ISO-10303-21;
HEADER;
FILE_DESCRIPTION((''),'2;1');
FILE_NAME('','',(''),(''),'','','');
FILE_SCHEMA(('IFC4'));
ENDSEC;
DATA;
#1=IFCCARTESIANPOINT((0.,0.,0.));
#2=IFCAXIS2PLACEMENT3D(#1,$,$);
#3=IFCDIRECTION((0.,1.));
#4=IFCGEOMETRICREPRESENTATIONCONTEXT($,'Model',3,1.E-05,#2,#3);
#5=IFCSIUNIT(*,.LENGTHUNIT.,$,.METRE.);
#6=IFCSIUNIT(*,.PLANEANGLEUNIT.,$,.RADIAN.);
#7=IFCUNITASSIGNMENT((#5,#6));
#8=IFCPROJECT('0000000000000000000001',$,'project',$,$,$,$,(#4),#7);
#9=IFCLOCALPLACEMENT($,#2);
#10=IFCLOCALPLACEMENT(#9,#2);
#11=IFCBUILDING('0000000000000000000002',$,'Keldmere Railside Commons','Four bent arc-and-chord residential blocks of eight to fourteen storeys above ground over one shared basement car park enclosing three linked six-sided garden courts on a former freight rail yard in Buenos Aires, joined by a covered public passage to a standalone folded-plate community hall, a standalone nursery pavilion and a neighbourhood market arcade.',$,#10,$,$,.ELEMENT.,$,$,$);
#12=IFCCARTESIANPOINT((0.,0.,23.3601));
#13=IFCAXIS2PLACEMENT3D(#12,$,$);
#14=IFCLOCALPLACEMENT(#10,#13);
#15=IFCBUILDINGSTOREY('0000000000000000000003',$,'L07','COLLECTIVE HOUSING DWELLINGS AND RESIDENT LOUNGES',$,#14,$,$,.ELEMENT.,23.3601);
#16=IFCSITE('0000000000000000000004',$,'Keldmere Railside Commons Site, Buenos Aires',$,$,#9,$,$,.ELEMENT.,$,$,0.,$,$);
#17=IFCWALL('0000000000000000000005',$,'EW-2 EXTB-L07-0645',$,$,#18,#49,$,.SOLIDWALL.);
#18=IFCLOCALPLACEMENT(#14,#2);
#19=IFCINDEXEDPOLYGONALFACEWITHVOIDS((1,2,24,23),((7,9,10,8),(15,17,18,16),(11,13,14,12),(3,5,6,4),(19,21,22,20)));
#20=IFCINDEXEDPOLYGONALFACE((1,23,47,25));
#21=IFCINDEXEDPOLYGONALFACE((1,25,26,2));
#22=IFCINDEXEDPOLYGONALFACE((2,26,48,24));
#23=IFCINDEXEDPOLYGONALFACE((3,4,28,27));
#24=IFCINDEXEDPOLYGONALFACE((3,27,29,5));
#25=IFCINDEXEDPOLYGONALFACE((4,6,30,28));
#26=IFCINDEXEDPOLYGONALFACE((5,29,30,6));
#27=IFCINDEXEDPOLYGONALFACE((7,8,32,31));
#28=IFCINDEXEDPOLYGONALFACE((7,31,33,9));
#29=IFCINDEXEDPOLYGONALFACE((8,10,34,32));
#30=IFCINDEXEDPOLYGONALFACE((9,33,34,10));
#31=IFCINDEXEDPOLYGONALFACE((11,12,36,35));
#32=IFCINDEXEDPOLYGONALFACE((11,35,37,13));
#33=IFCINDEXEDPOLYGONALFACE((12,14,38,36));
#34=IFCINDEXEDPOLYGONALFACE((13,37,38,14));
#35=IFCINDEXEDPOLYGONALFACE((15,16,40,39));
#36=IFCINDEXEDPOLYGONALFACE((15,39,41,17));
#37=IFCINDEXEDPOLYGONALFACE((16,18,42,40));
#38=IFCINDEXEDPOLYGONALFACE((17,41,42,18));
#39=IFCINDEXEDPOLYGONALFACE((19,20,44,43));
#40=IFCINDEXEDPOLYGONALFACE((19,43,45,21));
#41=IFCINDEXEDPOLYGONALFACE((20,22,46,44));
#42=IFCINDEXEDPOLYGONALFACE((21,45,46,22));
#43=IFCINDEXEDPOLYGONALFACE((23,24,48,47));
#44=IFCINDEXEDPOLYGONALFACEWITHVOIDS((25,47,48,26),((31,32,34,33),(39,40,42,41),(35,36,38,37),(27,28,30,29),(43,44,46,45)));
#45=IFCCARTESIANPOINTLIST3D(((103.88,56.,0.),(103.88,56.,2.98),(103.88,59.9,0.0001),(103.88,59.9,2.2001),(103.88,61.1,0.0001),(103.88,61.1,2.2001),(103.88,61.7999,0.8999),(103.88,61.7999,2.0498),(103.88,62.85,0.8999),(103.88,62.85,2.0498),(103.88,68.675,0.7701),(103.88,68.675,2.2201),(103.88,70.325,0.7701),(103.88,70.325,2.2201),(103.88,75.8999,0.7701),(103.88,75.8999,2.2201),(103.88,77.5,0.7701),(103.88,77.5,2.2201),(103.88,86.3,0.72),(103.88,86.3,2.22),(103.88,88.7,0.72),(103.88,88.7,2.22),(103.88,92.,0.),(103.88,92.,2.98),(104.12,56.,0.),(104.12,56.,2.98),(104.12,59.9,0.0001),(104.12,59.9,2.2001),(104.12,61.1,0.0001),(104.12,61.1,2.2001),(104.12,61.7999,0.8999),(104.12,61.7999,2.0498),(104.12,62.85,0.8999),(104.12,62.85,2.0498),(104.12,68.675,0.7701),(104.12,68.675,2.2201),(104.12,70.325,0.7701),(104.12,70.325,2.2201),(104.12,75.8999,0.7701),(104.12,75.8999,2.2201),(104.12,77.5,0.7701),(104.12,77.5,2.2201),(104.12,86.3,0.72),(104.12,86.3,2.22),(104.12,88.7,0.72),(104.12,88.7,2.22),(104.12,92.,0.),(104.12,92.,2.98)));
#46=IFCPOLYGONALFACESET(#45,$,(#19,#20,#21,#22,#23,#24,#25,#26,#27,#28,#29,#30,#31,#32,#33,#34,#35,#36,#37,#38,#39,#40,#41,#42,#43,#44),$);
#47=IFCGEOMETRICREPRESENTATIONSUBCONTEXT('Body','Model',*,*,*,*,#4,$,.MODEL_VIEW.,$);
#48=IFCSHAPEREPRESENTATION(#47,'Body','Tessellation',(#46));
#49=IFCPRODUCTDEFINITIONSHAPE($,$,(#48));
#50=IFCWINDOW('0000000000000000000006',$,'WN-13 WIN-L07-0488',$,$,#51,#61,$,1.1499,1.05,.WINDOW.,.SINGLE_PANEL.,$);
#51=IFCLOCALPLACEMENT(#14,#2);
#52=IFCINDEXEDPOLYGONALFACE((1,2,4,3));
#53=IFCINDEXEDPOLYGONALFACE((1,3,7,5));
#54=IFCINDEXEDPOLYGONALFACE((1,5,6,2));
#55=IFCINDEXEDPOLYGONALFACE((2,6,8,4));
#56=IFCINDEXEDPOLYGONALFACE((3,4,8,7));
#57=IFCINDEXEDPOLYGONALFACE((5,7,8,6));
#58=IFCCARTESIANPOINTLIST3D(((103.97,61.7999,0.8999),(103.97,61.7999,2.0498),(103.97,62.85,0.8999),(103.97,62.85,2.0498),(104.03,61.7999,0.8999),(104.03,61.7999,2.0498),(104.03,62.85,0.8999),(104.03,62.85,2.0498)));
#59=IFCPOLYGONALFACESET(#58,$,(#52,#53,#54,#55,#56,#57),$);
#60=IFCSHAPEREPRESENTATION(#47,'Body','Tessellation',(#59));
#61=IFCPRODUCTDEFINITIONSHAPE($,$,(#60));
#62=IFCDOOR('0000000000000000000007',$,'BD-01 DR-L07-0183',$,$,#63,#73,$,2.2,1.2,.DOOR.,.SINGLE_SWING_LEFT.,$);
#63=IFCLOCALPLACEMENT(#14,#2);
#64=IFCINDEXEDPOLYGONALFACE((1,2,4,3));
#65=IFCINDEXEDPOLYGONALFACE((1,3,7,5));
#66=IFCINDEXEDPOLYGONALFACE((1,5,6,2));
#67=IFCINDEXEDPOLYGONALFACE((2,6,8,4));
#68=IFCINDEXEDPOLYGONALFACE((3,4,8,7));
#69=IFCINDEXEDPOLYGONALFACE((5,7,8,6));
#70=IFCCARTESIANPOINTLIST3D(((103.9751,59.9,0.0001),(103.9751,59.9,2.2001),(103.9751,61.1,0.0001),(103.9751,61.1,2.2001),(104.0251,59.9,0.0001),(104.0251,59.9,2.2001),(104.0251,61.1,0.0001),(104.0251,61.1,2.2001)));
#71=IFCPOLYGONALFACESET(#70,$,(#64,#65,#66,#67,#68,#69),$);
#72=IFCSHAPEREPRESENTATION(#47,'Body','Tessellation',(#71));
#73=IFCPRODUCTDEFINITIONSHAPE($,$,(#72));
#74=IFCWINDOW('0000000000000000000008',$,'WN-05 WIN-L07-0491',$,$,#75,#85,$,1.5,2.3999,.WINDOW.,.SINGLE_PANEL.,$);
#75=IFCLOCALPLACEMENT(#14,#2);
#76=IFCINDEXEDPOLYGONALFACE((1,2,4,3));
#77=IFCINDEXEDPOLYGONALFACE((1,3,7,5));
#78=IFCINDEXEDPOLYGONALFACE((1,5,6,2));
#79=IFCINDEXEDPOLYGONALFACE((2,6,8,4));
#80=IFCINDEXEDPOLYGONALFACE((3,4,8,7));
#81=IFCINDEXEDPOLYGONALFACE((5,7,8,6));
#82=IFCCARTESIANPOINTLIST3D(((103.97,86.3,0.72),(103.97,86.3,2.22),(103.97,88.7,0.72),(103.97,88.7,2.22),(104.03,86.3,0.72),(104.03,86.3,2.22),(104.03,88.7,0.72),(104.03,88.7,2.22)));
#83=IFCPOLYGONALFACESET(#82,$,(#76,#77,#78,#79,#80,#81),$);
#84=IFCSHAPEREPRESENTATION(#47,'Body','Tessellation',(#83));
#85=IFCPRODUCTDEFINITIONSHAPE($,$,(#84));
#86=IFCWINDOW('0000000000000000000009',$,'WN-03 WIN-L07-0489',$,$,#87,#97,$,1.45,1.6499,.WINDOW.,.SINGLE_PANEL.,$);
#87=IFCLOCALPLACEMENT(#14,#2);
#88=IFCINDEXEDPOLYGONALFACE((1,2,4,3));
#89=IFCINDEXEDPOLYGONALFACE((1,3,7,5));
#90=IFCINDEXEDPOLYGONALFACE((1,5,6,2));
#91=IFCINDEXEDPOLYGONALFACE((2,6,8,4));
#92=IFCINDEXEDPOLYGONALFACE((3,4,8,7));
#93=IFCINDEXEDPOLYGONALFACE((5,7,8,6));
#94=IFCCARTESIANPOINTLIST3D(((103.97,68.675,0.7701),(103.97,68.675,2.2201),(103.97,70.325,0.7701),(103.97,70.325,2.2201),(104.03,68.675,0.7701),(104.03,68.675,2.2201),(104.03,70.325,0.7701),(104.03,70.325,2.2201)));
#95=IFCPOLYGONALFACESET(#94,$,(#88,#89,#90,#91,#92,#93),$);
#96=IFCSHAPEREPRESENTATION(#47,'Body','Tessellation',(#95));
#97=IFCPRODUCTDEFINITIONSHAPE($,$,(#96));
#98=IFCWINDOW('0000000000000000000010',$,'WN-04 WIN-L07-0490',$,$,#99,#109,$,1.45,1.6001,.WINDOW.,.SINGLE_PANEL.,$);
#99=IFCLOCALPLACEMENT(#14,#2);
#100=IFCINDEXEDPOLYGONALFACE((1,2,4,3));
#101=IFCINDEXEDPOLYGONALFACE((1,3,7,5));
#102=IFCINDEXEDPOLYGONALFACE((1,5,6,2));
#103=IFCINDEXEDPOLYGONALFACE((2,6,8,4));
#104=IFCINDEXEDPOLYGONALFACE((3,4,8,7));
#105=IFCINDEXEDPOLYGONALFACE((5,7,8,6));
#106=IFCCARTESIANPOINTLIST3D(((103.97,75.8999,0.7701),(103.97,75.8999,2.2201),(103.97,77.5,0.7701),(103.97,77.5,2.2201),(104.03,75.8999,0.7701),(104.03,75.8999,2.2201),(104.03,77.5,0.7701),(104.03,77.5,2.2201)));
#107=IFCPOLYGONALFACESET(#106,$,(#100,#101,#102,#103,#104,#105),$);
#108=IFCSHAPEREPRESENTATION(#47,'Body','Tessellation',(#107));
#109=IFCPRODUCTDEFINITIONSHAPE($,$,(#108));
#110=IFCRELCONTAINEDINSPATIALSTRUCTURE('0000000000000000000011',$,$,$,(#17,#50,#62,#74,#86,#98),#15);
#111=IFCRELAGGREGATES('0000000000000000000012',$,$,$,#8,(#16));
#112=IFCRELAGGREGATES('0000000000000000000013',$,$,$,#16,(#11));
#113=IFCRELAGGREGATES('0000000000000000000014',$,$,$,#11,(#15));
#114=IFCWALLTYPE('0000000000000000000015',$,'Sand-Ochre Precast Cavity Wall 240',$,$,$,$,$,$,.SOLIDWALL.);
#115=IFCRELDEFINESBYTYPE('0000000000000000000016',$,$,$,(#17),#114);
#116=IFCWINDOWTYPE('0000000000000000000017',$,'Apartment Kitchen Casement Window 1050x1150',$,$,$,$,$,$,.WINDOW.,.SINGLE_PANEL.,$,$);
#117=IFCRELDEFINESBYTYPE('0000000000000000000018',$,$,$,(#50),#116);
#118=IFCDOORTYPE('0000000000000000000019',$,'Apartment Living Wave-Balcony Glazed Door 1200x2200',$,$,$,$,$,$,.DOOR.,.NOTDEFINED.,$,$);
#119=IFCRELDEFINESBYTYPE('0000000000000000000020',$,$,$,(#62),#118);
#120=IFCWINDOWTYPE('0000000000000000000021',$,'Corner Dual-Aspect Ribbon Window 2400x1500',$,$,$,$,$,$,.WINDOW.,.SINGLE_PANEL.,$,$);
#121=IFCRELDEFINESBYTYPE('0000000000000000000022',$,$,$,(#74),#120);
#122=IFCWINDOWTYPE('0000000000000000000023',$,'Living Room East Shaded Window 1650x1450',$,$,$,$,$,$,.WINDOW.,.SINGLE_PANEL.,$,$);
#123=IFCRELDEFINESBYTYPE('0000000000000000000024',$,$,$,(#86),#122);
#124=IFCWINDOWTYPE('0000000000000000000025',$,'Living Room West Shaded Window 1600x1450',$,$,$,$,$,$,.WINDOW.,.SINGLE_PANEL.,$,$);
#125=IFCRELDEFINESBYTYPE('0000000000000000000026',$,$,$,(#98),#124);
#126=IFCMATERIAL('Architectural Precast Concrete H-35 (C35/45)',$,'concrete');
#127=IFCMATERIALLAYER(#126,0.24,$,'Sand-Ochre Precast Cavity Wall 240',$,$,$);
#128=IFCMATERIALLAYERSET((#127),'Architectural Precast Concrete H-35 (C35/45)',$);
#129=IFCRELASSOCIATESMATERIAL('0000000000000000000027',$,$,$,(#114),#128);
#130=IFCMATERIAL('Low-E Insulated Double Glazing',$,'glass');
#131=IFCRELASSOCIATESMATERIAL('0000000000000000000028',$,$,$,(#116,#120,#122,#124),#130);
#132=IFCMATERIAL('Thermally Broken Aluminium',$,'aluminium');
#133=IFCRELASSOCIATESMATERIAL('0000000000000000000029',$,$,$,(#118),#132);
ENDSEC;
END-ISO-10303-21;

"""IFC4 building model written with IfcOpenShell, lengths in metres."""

from ifc_helpers import new_model, si_unit, direction, frame, frame_2d, origin, place, context, subcontext, project, spatial, rectangle, extrude, material, layer, layer_set, type_object, element, fill, save


model = new_model("IFC4")

# Units and contexts
model_context = context("Model", 3, precision=1e-05, world=origin(), true_north=direction((0.0, 1.0)))
body_context = subcontext(model_context, "Body", "Model", "MODEL_VIEW")
ifc_project = project(units=[si_unit("LENGTHUNIT", "METRE"), si_unit("PLANEANGLEUNIT", "RADIAN")], contexts=[model_context])

# Site, building, storey
site_placement = place(None, origin())
site = spatial("IfcSite", under=ifc_project, at=site_placement, Name="Keldmere Railside Commons Site, Buenos Aires", CompositionType="ELEMENT", RefElevation=0.0)
building_placement = place(site_placement, origin())
building = spatial("IfcBuilding", under=site, at=building_placement, Name="Keldmere Railside Commons", Description="Four bent arc-and-chord residential blocks of eight to fourteen storeys above ground over one shared basement car park enclosing three linked six-sided garden courts on a former freight rail yard in Buenos Aires, joined by a covered public passage to a standalone folded-plate community hall, a standalone nursery pavilion and a neighbourhood market arcade.", CompositionType="ELEMENT")
storey_placement = place(building_placement, frame((0.0, 0.0, 23.3601)))
storey = spatial("IfcBuildingStorey", under=building, at=storey_placement, Name="L07", Description="COLLECTIVE HOUSING DWELLINGS AND RESIDENT LOUNGES", CompositionType="ELEMENT", Elevation=23.3601)

# Wall, openings, windows, door
ifc_material_1 = material(Name="Architectural Precast Concrete H-35 (C35/45)", Category="concrete")
ifc_layer = layer(ifc_material_1, 0.24, Name="Sand-Ochre Precast Cavity Wall 240")
ifc_layer_set = layer_set([ifc_layer], Name="Architectural Precast Concrete H-35 (C35/45)")
wall_type = type_object("IfcWallType", Name="Sand-Ochre Precast Cavity Wall 240", PredefinedType="SOLIDWALL", material=ifc_layer_set)
wall_placement = place(storey_placement, frame((104.0, 56.0, 0.0), z_axis=(0.0, 0.0, 1.0), x_axis=(0.0, 1.0, 0.0)))
wall = element("IfcWall", 1, at=wall_placement, inside=storey, type_object=wall_type, Name="EW-2 EXTB-L07-0645", PredefinedType="SOLIDWALL", context=body_context, shape_type="SweptSolid", body=[
    extrude(rectangle(XDim=36.0, YDim=0.24, at=frame_2d((18.0, 0.0))), origin(), (0.0, 0.0, 1.0), 2.98),
])
opening_1_placement = place(wall_placement, frame((3.8999, 0.0, 0.0)))
opening_1 = element("IfcOpeningElement", 2, at=opening_1_placement, cuts=wall, PredefinedType="OPENING", context=body_context, shape_type="SweptSolid", body=[
    extrude(rectangle(XDim=1.2, YDim=2.2, at=frame_2d((0.6001, 1.1001))), frame((0.0, 0.1299, 0.0), z_axis=(0.0, -1.0, 0.0), x_axis=(1.0, 0.0, 0.0)), (0.0, 0.0, 1.0), 0.26),
])
opening_2_placement = place(wall_placement, frame((5.8, 0.0, 0.8999)))
opening_2 = element("IfcOpeningElement", 3, at=opening_2_placement, cuts=wall, PredefinedType="OPENING", context=body_context, shape_type="SweptSolid", body=[
    extrude(rectangle(XDim=1.05, YDim=1.1499, at=frame_2d((0.5249, 0.575))), frame((0.0, 0.1299, 0.0), z_axis=(0.0, -1.0, 0.0), x_axis=(1.0, 0.0, 0.0)), (0.0, 0.0, 1.0), 0.26),
])
opening_3_placement = place(wall_placement, frame((12.675, 0.0, 0.77)))
opening_3 = element("IfcOpeningElement", 4, at=opening_3_placement, cuts=wall, PredefinedType="OPENING", context=body_context, shape_type="SweptSolid", body=[
    extrude(rectangle(XDim=1.6499, YDim=1.45, at=frame_2d((0.825, 0.7251))), frame((0.0, 0.1299, 0.0), z_axis=(0.0, -1.0, 0.0), x_axis=(1.0, 0.0, 0.0)), (0.0, 0.0, 1.0), 0.26),
])
opening_4_placement = place(wall_placement, frame((19.8999, 0.0, 0.77)))
opening_4 = element("IfcOpeningElement", 5, at=opening_4_placement, cuts=wall, PredefinedType="OPENING", context=body_context, shape_type="SweptSolid", body=[
    extrude(rectangle(XDim=1.6001, YDim=1.45, at=frame_2d((0.8, 0.7251))), frame((0.0, 0.1299, 0.0), z_axis=(0.0, -1.0, 0.0), x_axis=(1.0, 0.0, 0.0)), (0.0, 0.0, 1.0), 0.26),
])
opening_5_placement = place(wall_placement, frame((30.3, 0.0, 0.72)))
opening_5 = element("IfcOpeningElement", 6, at=opening_5_placement, cuts=wall, PredefinedType="OPENING", context=body_context, shape_type="SweptSolid", body=[
    extrude(rectangle(XDim=2.3999, YDim=1.5, at=frame_2d((1.2, 0.75))), frame((0.0, 0.1299, 0.0), z_axis=(0.0, -1.0, 0.0), x_axis=(1.0, 0.0, 0.0)), (0.0, 0.0, 1.0), 0.26),
])
ifc_material_2 = material(Name="Low-E Insulated Double Glazing", Category="glass")
window_type_1 = type_object("IfcWindowType", Name="Apartment Kitchen Casement Window 1050x1150", PartitioningType="SINGLE_PANEL", PredefinedType="WINDOW", material=ifc_material_2)
window_1_placement = place(opening_2_placement, origin())
window_1 = element("IfcWindow", 7, at=window_1_placement, inside=storey, type_object=window_type_1, Name="WN-13 WIN-L07-0488", OverallHeight=1.1499, OverallWidth=1.05, PartitioningType="SINGLE_PANEL", PredefinedType="WINDOW", context=body_context, shape_type="SweptSolid", body=[
    extrude(rectangle(XDim=1.05, YDim=1.1499, at=frame_2d((0.5249, 0.575))), frame((0.0, 0.03, 0.0), z_axis=(0.0, -1.0, 0.0), x_axis=(1.0, 0.0, 0.0)), (0.0, 0.0, 1.0), 0.0601),
])
fill(opening_2, window_1)
ifc_material_3 = material(Name="Thermally Broken Aluminium", Category="aluminium")
door_type = type_object("IfcDoorType", Name="Apartment Living Wave-Balcony Glazed Door 1200x2200", OperationType="NOTDEFINED", PredefinedType="DOOR", material=ifc_material_3)
door_placement = place(opening_1_placement, origin())
door = element("IfcDoor", 8, at=door_placement, inside=storey, type_object=door_type, Name="BD-01 DR-L07-0183", OperationType="SINGLE_SWING_LEFT", OverallHeight=2.2, OverallWidth=1.2, PredefinedType="DOOR", context=body_context, shape_type="SweptSolid", body=[
    extrude(rectangle(XDim=1.2, YDim=2.2, at=frame_2d((0.6001, 1.1001))), frame((0.0, 0.0249, 0.0), z_axis=(0.0, -1.0, 0.0), x_axis=(1.0, 0.0, 0.0)), (0.0, 0.0, 1.0), 0.05),
])
fill(opening_1, door)
window_type_2 = type_object("IfcWindowType", Name="Corner Dual-Aspect Ribbon Window 2400x1500", PartitioningType="SINGLE_PANEL", PredefinedType="WINDOW", material=ifc_material_2)
window_2_placement = place(opening_5_placement, origin())
window_2 = element("IfcWindow", 9, at=window_2_placement, inside=storey, type_object=window_type_2, Name="WN-05 WIN-L07-0491", OverallHeight=1.5, OverallWidth=2.3999, PartitioningType="SINGLE_PANEL", PredefinedType="WINDOW", context=body_context, shape_type="SweptSolid", body=[
    extrude(rectangle(XDim=2.3999, YDim=1.5, at=frame_2d((1.2, 0.75))), frame((0.0, 0.03, 0.0), z_axis=(0.0, -1.0, 0.0), x_axis=(1.0, 0.0, 0.0)), (0.0, 0.0, 1.0), 0.0601),
])
fill(opening_5, window_2)
window_type_3 = type_object("IfcWindowType", Name="Living Room East Shaded Window 1650x1450", PartitioningType="SINGLE_PANEL", PredefinedType="WINDOW", material=ifc_material_2)
window_3_placement = place(opening_3_placement, origin())
window_3 = element("IfcWindow", 10, at=window_3_placement, inside=storey, type_object=window_type_3, Name="WN-03 WIN-L07-0489", OverallHeight=1.45, OverallWidth=1.6499, PartitioningType="SINGLE_PANEL", PredefinedType="WINDOW", context=body_context, shape_type="SweptSolid", body=[
    extrude(rectangle(XDim=1.6499, YDim=1.45, at=frame_2d((0.825, 0.7251))), frame((0.0, 0.03, 0.0), z_axis=(0.0, -1.0, 0.0), x_axis=(1.0, 0.0, 0.0)), (0.0, 0.0, 1.0), 0.0601),
])
fill(opening_3, window_3)
window_type_4 = type_object("IfcWindowType", Name="Living Room West Shaded Window 1600x1450", PartitioningType="SINGLE_PANEL", PredefinedType="WINDOW", material=ifc_material_2)
window_4_placement = place(opening_4_placement, origin())
window_4 = element("IfcWindow", 11, at=window_4_placement, inside=storey, type_object=window_type_4, Name="WN-04 WIN-L07-0490", OverallHeight=1.45, OverallWidth=1.6001, PartitioningType="SINGLE_PANEL", PredefinedType="WINDOW", context=body_context, shape_type="SweptSolid", body=[
    extrude(rectangle(XDim=1.6001, YDim=1.45, at=frame_2d((0.8, 0.7251))), frame((0.0, 0.03, 0.0), z_axis=(0.0, -1.0, 0.0), x_axis=(1.0, 0.0, 0.0)), (0.0, 0.0, 1.0), 0.0601),
])
fill(opening_4, window_4)

save(model, "model.ifc")
